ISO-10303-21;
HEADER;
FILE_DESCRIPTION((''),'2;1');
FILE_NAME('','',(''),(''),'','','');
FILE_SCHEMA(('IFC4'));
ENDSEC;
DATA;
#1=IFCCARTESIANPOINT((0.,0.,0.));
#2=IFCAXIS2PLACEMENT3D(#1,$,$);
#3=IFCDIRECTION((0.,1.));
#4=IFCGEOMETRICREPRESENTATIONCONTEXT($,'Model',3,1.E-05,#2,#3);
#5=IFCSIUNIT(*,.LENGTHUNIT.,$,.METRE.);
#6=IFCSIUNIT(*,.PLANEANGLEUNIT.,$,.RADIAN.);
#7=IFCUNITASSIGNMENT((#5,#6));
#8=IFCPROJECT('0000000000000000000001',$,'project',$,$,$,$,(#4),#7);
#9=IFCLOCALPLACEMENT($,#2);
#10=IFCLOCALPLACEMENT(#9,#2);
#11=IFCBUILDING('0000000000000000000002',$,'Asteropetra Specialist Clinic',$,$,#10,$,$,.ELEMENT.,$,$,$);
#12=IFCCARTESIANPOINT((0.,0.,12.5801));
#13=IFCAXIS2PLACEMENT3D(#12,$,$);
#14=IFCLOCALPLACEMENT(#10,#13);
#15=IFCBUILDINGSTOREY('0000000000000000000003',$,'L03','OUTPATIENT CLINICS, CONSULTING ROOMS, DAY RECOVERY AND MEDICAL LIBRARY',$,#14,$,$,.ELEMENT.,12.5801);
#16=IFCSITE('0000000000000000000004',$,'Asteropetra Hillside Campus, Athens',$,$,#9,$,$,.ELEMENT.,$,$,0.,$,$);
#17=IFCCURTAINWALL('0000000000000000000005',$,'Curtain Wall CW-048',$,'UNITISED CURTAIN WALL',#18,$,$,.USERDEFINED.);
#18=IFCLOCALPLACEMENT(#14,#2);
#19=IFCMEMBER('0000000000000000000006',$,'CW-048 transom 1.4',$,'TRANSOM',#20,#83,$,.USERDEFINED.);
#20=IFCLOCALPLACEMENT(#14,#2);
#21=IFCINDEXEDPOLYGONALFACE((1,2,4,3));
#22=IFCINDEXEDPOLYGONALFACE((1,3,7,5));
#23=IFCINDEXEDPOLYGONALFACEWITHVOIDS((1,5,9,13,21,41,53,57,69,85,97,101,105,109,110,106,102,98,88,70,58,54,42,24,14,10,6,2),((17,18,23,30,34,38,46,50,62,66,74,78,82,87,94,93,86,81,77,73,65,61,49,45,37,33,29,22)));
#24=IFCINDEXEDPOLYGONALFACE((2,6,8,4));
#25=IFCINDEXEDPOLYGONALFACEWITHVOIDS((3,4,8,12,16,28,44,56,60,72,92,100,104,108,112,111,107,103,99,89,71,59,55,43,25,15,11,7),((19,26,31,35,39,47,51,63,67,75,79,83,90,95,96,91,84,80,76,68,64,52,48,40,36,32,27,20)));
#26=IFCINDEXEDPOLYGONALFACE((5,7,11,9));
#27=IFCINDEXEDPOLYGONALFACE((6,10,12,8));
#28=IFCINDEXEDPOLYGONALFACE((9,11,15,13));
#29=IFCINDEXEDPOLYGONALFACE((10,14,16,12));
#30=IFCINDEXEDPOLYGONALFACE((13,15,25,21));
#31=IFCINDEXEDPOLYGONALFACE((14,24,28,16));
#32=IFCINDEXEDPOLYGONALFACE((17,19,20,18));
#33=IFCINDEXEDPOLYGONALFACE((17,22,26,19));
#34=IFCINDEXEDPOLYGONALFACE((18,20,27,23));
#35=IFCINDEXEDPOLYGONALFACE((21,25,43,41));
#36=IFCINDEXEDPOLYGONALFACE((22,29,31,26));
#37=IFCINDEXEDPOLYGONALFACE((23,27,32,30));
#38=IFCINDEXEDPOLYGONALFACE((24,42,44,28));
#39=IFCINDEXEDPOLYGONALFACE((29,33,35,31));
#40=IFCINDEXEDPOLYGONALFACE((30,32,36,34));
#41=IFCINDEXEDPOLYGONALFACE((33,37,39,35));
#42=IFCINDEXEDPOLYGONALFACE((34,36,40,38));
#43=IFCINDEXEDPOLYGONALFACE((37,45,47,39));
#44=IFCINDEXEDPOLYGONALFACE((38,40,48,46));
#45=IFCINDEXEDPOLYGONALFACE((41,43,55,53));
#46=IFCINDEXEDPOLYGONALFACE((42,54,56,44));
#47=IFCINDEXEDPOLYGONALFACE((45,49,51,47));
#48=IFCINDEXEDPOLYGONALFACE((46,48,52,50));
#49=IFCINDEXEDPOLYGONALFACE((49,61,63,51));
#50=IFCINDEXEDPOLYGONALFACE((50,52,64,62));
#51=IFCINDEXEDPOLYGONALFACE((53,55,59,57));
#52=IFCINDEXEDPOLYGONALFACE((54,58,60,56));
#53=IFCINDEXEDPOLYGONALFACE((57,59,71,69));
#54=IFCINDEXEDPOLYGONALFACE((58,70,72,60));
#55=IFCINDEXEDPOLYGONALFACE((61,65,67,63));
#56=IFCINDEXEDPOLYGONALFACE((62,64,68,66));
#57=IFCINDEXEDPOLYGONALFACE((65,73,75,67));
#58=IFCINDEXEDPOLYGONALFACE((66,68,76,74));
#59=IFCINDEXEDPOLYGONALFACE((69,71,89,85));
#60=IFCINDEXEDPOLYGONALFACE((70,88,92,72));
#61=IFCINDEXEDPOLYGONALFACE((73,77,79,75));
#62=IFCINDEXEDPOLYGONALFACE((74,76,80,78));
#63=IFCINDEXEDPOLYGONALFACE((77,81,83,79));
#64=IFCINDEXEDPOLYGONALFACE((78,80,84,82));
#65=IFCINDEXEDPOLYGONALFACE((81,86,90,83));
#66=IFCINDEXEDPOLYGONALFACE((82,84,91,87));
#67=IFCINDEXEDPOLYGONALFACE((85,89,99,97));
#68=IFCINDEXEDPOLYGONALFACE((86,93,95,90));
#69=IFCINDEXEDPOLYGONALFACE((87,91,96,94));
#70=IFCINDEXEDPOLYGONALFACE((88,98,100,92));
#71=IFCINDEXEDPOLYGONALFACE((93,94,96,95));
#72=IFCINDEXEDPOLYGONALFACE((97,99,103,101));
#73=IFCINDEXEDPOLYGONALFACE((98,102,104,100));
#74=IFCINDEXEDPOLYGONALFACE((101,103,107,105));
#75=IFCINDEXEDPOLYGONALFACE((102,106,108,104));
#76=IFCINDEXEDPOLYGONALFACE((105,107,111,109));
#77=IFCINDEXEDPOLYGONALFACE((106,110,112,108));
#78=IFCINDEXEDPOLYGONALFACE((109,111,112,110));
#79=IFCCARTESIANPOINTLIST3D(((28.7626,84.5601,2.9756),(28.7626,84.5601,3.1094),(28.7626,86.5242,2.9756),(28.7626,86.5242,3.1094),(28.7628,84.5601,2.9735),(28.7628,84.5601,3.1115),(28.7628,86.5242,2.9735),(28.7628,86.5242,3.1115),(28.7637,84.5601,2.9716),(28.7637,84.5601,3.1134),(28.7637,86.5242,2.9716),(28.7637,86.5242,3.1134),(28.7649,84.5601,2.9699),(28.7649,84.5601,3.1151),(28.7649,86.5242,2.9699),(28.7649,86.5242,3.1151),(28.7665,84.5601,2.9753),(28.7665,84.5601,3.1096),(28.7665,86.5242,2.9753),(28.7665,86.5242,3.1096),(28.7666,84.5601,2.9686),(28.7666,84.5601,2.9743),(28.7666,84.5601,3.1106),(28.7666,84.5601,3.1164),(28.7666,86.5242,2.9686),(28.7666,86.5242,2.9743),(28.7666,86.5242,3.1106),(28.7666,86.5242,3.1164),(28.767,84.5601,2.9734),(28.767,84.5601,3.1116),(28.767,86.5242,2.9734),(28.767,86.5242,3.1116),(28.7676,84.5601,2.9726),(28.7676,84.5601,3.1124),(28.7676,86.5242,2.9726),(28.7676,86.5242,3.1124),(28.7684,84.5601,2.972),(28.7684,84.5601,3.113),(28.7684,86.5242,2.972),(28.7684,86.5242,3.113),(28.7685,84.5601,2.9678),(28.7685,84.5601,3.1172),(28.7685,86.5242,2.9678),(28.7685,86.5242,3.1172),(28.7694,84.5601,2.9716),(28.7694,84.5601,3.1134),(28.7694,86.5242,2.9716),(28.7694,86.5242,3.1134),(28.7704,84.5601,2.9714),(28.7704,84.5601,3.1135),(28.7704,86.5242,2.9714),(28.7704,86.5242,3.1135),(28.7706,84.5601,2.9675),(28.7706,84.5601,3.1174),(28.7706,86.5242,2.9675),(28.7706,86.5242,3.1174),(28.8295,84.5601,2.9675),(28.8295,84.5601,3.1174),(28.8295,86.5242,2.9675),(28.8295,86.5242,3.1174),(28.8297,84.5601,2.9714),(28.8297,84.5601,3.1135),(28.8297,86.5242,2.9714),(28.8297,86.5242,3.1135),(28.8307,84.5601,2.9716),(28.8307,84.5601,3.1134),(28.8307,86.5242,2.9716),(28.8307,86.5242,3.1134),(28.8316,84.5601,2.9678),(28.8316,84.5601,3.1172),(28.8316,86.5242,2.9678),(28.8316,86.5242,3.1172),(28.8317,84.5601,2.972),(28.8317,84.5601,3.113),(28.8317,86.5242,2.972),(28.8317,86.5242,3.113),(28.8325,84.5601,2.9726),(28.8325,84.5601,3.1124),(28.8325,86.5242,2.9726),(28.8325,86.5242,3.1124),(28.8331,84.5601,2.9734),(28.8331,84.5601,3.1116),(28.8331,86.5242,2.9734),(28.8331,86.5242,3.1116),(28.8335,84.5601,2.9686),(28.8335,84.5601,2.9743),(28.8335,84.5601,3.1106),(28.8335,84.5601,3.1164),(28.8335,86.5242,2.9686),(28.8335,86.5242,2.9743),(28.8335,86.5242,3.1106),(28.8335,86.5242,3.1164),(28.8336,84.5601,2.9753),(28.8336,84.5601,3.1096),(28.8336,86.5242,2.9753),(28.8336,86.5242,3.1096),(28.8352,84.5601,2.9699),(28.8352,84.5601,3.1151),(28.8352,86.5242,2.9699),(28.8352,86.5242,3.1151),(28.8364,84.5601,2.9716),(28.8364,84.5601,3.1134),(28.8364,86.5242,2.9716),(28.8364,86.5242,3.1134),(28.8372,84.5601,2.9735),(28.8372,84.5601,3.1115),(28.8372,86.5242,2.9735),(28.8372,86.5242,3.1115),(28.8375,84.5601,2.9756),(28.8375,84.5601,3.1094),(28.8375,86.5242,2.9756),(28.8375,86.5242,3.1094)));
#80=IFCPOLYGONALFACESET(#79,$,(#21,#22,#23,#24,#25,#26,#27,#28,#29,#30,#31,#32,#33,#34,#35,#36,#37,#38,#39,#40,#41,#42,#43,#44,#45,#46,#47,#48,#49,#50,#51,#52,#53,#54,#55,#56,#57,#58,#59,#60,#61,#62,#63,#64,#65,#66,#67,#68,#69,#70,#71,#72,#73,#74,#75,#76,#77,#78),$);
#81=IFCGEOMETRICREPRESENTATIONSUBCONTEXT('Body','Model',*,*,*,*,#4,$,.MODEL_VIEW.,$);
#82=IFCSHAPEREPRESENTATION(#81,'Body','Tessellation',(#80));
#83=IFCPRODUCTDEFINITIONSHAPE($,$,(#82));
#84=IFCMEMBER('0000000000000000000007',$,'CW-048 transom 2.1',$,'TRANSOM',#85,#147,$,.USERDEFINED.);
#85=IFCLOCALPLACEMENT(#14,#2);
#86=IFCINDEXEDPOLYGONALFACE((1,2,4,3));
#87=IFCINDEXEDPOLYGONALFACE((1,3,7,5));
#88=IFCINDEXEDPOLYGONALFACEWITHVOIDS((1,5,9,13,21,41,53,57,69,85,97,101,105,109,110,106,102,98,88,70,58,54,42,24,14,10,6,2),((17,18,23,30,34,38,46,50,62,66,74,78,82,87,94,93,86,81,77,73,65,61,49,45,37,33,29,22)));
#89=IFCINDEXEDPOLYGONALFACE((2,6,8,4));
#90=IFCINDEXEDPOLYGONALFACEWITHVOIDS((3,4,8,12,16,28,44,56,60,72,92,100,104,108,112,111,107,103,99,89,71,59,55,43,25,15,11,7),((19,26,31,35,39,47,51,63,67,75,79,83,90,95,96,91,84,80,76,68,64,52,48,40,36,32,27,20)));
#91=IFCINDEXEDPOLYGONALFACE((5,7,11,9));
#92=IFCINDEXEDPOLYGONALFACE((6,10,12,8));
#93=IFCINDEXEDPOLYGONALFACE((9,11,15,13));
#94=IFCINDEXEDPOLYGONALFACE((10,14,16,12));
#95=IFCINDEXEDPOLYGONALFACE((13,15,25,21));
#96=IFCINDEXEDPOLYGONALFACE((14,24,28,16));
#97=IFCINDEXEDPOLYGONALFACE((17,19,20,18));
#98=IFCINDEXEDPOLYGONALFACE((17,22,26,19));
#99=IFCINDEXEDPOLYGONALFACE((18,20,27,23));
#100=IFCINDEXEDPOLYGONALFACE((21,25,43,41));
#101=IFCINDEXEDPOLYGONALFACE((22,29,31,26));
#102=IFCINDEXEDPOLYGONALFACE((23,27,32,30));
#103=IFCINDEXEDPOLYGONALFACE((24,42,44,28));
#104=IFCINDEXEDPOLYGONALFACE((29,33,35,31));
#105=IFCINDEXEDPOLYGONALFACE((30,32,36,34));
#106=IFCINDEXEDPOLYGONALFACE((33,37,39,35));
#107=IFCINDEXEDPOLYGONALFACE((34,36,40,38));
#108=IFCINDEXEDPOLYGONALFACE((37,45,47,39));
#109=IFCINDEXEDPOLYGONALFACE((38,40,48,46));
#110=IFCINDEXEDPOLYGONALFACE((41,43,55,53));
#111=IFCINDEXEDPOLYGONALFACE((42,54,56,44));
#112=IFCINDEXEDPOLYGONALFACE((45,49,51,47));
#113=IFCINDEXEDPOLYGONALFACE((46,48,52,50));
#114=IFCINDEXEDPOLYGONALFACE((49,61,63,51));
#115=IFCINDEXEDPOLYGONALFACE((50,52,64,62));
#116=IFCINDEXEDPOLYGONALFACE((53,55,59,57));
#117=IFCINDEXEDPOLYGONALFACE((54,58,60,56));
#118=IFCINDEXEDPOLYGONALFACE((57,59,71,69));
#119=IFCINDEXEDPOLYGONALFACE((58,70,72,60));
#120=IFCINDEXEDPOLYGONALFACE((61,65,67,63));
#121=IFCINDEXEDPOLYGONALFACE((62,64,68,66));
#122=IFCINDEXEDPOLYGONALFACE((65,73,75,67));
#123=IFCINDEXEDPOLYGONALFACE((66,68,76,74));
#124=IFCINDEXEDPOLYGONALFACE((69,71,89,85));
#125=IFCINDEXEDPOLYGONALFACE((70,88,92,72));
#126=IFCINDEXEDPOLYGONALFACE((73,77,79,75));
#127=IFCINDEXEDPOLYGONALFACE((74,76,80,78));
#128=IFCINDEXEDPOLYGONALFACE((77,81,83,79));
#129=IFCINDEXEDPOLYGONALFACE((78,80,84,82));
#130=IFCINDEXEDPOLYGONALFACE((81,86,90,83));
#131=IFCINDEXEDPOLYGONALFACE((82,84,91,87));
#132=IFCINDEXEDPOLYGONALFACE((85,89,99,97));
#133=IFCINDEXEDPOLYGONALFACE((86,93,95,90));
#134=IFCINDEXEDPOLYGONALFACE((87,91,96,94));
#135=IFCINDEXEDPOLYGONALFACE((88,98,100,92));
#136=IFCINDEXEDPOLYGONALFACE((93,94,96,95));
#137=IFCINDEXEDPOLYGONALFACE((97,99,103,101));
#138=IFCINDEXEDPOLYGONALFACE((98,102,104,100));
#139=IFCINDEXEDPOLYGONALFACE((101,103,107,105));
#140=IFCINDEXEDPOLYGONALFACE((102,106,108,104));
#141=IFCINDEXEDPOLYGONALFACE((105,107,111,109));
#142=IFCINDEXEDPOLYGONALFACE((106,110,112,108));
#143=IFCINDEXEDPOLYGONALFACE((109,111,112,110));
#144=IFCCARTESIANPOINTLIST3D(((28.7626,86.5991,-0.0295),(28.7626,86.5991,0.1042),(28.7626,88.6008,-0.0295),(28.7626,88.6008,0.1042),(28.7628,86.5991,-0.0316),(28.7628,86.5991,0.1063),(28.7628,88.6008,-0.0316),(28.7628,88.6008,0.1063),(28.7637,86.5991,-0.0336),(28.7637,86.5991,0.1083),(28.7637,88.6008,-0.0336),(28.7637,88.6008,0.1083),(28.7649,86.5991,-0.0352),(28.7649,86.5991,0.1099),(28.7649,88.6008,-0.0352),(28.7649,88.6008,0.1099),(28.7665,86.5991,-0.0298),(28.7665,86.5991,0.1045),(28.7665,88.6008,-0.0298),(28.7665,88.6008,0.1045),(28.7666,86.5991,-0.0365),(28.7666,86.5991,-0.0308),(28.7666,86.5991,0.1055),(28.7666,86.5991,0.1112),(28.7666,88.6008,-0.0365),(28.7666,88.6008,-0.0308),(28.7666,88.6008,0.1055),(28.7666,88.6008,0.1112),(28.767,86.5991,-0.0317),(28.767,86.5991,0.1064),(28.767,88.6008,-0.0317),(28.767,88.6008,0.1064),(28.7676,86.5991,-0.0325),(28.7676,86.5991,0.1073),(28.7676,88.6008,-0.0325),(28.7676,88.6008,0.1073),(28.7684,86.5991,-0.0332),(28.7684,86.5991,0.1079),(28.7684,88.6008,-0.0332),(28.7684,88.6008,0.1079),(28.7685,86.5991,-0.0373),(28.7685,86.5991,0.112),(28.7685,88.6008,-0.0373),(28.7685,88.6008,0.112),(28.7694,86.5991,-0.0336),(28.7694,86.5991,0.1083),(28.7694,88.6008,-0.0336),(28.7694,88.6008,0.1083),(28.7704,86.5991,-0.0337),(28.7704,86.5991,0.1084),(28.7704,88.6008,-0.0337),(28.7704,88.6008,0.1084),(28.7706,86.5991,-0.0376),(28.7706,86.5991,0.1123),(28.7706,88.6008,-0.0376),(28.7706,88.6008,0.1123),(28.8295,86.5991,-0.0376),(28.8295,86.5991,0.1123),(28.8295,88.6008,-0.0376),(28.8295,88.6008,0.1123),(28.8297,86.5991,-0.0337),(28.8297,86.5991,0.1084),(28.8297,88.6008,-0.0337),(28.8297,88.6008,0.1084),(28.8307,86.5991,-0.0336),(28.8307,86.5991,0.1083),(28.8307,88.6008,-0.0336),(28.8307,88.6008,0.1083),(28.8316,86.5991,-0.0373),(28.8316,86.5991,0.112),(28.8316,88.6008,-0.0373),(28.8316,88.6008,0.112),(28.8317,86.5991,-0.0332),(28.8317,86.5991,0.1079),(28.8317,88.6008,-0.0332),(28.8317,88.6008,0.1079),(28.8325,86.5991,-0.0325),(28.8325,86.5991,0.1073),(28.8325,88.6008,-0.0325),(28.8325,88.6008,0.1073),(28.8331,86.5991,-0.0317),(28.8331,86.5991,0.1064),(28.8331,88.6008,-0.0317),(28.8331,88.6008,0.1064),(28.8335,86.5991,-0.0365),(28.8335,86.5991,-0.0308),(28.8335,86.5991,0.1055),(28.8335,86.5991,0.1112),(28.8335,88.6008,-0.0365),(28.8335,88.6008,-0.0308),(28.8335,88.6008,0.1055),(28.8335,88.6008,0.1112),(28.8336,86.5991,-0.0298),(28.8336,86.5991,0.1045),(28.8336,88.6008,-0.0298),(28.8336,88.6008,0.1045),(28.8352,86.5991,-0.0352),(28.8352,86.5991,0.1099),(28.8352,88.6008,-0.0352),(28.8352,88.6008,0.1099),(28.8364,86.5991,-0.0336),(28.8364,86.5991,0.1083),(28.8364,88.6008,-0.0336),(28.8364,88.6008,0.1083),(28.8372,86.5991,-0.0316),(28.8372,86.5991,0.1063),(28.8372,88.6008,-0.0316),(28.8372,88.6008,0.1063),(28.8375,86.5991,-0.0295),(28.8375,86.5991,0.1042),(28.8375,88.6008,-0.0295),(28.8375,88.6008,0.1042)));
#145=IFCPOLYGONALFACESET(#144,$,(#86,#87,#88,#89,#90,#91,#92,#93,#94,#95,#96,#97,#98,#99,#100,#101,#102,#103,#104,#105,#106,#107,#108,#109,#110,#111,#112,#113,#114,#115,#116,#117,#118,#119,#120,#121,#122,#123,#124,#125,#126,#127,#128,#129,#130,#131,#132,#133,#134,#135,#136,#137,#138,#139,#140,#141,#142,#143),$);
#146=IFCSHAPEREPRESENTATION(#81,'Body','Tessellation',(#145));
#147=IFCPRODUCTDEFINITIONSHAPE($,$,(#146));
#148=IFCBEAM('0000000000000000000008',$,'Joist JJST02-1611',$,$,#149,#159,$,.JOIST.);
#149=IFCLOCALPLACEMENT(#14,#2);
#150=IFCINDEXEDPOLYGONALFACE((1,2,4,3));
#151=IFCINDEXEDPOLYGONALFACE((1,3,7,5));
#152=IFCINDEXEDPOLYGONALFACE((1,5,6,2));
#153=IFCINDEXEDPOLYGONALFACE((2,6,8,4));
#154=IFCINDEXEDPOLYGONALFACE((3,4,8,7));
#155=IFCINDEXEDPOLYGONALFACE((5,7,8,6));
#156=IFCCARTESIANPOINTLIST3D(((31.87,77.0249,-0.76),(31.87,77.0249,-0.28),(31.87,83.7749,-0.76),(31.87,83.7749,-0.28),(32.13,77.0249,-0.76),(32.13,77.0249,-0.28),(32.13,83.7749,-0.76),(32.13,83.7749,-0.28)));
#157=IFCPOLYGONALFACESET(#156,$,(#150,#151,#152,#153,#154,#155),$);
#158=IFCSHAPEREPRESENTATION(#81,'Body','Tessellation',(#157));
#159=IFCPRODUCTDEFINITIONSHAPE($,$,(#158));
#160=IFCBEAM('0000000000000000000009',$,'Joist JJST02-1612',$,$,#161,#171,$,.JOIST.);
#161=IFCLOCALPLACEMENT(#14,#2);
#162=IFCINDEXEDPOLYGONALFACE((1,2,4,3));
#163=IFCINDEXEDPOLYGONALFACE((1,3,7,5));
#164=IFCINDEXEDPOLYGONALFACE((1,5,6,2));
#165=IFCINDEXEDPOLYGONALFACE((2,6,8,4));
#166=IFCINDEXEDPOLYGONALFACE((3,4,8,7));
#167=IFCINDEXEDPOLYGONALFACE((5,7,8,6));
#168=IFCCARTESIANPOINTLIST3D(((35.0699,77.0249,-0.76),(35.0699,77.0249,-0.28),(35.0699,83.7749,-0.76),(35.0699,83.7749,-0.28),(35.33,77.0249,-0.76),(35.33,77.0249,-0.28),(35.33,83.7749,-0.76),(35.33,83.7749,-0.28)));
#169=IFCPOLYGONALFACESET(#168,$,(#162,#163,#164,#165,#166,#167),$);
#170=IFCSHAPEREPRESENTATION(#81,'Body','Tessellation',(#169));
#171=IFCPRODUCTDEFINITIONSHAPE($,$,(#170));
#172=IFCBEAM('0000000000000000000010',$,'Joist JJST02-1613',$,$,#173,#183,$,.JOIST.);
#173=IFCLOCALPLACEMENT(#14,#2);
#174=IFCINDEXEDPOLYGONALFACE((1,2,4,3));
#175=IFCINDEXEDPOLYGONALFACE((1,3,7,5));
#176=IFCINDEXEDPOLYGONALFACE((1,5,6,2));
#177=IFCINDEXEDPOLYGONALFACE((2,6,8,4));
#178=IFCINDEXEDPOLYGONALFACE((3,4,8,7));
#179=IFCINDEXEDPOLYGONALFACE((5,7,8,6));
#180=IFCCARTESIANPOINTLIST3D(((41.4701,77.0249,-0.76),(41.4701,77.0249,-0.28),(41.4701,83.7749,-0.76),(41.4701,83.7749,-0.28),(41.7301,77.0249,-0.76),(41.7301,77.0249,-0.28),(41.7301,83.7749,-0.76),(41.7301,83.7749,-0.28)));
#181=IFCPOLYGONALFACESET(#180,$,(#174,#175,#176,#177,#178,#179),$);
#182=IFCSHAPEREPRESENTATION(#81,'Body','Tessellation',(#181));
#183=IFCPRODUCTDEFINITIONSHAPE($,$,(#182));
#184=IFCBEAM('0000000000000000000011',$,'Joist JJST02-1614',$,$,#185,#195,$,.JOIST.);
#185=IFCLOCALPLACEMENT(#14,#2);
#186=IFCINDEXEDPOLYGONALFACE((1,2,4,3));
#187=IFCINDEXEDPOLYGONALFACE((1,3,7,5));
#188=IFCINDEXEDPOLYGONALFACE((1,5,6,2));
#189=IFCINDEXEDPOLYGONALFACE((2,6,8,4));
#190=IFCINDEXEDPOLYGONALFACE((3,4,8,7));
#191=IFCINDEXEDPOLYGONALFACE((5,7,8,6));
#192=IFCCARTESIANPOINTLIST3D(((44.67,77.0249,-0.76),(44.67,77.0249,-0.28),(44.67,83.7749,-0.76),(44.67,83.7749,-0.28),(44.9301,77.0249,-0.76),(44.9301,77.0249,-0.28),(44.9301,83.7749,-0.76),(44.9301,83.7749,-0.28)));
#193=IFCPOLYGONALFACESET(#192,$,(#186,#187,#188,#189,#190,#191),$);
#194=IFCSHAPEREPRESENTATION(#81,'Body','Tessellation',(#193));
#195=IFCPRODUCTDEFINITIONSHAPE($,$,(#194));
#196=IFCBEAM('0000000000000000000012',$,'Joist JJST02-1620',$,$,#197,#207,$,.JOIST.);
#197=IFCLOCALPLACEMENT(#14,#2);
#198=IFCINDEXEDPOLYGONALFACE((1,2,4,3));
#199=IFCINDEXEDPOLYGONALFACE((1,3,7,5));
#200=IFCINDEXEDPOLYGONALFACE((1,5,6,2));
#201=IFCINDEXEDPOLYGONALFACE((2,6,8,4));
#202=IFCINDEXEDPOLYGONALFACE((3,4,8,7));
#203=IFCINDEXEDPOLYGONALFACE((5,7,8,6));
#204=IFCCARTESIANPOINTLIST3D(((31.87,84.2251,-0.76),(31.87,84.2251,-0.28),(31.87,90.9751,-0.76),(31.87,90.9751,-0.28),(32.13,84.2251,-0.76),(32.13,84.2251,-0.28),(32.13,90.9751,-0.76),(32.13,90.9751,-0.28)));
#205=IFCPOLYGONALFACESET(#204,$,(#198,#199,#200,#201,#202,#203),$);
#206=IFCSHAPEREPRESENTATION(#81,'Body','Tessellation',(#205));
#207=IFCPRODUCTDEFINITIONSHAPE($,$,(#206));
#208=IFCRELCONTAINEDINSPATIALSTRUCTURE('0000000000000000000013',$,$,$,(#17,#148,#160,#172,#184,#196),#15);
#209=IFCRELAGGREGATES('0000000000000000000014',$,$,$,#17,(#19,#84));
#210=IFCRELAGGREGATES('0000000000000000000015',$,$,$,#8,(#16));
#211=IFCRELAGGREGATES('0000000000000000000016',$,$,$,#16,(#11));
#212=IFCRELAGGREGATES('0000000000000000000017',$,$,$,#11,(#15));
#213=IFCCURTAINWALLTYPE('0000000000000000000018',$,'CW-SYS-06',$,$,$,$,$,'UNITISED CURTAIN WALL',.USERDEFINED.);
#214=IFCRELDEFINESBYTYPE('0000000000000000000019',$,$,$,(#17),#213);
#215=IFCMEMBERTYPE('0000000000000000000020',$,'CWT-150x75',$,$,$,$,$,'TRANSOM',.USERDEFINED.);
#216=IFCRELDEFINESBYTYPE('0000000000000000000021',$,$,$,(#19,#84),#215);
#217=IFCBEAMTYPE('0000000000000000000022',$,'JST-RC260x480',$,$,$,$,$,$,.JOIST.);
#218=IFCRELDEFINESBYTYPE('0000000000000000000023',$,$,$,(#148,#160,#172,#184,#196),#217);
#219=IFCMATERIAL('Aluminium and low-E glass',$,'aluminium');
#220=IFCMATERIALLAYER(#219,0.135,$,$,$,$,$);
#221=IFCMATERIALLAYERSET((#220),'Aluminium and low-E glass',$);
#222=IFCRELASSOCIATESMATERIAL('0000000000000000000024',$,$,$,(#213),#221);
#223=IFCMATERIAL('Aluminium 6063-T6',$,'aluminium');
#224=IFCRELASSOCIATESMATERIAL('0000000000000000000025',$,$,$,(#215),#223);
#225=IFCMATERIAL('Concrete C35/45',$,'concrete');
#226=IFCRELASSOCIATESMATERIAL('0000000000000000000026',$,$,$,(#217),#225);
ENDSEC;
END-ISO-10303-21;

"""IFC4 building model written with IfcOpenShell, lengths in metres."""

from ifc_helpers import new_model, si_unit, direction, frame, origin, origin_2d, place, context, subcontext, project, spatial, rectangle, hollow_rectangle, extrude, material, layer, layer_set, material_profile, profile_set, type_object, element, aggregate, save


model = new_model("IFC4")

# Units and contexts
model_context = context("Model", 3, precision=1e-05, world=origin(), true_north=direction((0.0, 1.0)))
body_context = subcontext(model_context, "Body", "Model", "MODEL_VIEW")
ifc_project = project(units=[si_unit("LENGTHUNIT", "METRE"), si_unit("PLANEANGLEUNIT", "RADIAN")], contexts=[model_context])

# Site, building, storey
site_placement = place(None, origin())
site = spatial("IfcSite", under=ifc_project, at=site_placement, Name="Asteropetra Hillside Campus, Athens", CompositionType="ELEMENT", RefElevation=0.0)
building_placement = place(site_placement, origin())
building = spatial("IfcBuilding", under=site, at=building_placement, Name="Asteropetra Specialist Clinic", CompositionType="ELEMENT")
storey_placement = place(building_placement, frame((0.0, 0.0, 12.5801)))
storey = spatial("IfcBuildingStorey", under=building, at=storey_placement, Name="L03", Description="OUTPATIENT CLINICS, CONSULTING ROOMS, DAY RECOVERY AND MEDICAL LIBRARY", CompositionType="ELEMENT", Elevation=12.5801)

# Curtain wall, members
ifc_material_1 = material(Name="Aluminium and low-E glass", Category="aluminium")
ifc_layer_1 = layer(ifc_material_1, 0.135)
ifc_layer_set_1 = layer_set([ifc_layer_1], Name="Aluminium and low-E glass")
curtain_wall_type = type_object("IfcCurtainWallType", Name="CW-SYS-06", ElementType="UNITISED CURTAIN WALL", PredefinedType="USERDEFINED", material=ifc_layer_set_1)
curtain_wall_placement = place(storey_placement, origin())
curtain_wall = element("IfcCurtainWall", 1, at=curtain_wall_placement, inside=storey, type_object=curtain_wall_type, Name="Curtain Wall CW-048", ObjectType="UNITISED CURTAIN WALL", PredefinedType="USERDEFINED")
ifc_material_2 = material(Name="Aluminium 6063-T6", Category="aluminium")
ifc_material_profile_1 = material_profile(ifc_material_2, hollow_rectangle(XDim=0.075, YDim=0.1499, WallThickness=0.0039, InnerFilletRadius=0.0039, OuterFilletRadius=0.0081, at=origin_2d()), Name="TRN 150x75x4.0")
ifc_profile_set_1 = profile_set([ifc_material_profile_1], Name="Aluminium 6063-T6")
member_type_1 = type_object("IfcMemberType", Name="CWT-150x75", ElementType="TRANSOM", PredefinedType="USERDEFINED", material=ifc_profile_set_1)
member_1_placement = place(storey_placement, frame((28.8, 84.5601, 3.0425), z_axis=(0.0, 1.0, 0.0), x_axis=(-1.0, 0.0, 0.0)))
member_1 = element("IfcMember", 2, at=member_1_placement, type_object=member_type_1, Name="CW-048 transom 1.4", ObjectType="TRANSOM", PredefinedType="USERDEFINED", context=body_context, shape_type="SweptSolid", body=[
    extrude(hollow_rectangle(XDim=0.075, YDim=0.1499, WallThickness=0.0039, InnerFilletRadius=0.0039, OuterFilletRadius=0.0081, at=origin_2d()), origin(), (0.0, 0.0, 1.0), 1.9641),
])
member_2_placement = place(storey_placement, frame((28.8, 86.5991, 0.0374), z_axis=(0.0, 1.0, 0.0), x_axis=(-1.0, 0.0, 0.0)))
member_2 = element("IfcMember", 3, at=member_2_placement, type_object=member_type_1, Name="CW-048 transom 2.1", ObjectType="TRANSOM", PredefinedType="USERDEFINED", context=body_context, shape_type="SweptSolid", body=[
    extrude(hollow_rectangle(XDim=0.075, YDim=0.1499, WallThickness=0.0039, InnerFilletRadius=0.0039, OuterFilletRadius=0.0081, at=origin_2d()), origin(), (0.0, 0.0, 1.0), 2.0017),
])

# Beams
ifc_material_3 = material(Name="Concrete C35/45", Category="concrete")
ifc_material_profile_2 = material_profile(ifc_material_3, rectangle(XDim=0.26, YDim=0.48, at=origin_2d()), Name="RCJ 260x480")
ifc_profile_set_2 = profile_set([ifc_material_profile_2], Name="Concrete C35/45")
beam_type_1 = type_object("IfcBeamType", Name="JST-RC260x480", PredefinedType="JOIST", material=ifc_profile_set_2)
for number, where, z_axis, x_axis, name in (
    (4, (32.0, 77.0249, -0.52), (0.0, 1.0, 0.0), (-1.0, 0.0, 0.0), "Joist JJST02-1611"),
    (5, (35.2, 77.0249, -0.52), (0.0, 1.0, 0.0), (-1.0, 0.0, 0.0), "Joist JJST02-1612"),
    (6, (41.6001, 77.0249, -0.52), (0.0, 1.0, 0.0), (-1.0, 0.0, 0.0), "Joist JJST02-1613"),
    (7, (44.8, 77.0249, -0.52), (0.0, 1.0, 0.0), (-1.0, 0.0, 0.0), "Joist JJST02-1614"),
    (8, (32.0, 84.2251, -0.52), (0.0, 1.0, 0.0), (-1.0, 0.0, 0.0), "Joist JJST02-1620"),
):
    element("IfcBeam", number, at=place(storey_placement, frame(where, z_axis=z_axis, x_axis=x_axis)), inside=storey, type_object=beam_type_1, Name=name, PredefinedType="JOIST", context=body_context, shape_type="SweptSolid", body=[
        extrude(rectangle(XDim=0.26, YDim=0.48, at=origin_2d()), origin(), (0.0, 0.0, 1.0), 6.75),
    ])

aggregate(curtain_wall, [member_1, member_2])

save(model, "model.ifc")
